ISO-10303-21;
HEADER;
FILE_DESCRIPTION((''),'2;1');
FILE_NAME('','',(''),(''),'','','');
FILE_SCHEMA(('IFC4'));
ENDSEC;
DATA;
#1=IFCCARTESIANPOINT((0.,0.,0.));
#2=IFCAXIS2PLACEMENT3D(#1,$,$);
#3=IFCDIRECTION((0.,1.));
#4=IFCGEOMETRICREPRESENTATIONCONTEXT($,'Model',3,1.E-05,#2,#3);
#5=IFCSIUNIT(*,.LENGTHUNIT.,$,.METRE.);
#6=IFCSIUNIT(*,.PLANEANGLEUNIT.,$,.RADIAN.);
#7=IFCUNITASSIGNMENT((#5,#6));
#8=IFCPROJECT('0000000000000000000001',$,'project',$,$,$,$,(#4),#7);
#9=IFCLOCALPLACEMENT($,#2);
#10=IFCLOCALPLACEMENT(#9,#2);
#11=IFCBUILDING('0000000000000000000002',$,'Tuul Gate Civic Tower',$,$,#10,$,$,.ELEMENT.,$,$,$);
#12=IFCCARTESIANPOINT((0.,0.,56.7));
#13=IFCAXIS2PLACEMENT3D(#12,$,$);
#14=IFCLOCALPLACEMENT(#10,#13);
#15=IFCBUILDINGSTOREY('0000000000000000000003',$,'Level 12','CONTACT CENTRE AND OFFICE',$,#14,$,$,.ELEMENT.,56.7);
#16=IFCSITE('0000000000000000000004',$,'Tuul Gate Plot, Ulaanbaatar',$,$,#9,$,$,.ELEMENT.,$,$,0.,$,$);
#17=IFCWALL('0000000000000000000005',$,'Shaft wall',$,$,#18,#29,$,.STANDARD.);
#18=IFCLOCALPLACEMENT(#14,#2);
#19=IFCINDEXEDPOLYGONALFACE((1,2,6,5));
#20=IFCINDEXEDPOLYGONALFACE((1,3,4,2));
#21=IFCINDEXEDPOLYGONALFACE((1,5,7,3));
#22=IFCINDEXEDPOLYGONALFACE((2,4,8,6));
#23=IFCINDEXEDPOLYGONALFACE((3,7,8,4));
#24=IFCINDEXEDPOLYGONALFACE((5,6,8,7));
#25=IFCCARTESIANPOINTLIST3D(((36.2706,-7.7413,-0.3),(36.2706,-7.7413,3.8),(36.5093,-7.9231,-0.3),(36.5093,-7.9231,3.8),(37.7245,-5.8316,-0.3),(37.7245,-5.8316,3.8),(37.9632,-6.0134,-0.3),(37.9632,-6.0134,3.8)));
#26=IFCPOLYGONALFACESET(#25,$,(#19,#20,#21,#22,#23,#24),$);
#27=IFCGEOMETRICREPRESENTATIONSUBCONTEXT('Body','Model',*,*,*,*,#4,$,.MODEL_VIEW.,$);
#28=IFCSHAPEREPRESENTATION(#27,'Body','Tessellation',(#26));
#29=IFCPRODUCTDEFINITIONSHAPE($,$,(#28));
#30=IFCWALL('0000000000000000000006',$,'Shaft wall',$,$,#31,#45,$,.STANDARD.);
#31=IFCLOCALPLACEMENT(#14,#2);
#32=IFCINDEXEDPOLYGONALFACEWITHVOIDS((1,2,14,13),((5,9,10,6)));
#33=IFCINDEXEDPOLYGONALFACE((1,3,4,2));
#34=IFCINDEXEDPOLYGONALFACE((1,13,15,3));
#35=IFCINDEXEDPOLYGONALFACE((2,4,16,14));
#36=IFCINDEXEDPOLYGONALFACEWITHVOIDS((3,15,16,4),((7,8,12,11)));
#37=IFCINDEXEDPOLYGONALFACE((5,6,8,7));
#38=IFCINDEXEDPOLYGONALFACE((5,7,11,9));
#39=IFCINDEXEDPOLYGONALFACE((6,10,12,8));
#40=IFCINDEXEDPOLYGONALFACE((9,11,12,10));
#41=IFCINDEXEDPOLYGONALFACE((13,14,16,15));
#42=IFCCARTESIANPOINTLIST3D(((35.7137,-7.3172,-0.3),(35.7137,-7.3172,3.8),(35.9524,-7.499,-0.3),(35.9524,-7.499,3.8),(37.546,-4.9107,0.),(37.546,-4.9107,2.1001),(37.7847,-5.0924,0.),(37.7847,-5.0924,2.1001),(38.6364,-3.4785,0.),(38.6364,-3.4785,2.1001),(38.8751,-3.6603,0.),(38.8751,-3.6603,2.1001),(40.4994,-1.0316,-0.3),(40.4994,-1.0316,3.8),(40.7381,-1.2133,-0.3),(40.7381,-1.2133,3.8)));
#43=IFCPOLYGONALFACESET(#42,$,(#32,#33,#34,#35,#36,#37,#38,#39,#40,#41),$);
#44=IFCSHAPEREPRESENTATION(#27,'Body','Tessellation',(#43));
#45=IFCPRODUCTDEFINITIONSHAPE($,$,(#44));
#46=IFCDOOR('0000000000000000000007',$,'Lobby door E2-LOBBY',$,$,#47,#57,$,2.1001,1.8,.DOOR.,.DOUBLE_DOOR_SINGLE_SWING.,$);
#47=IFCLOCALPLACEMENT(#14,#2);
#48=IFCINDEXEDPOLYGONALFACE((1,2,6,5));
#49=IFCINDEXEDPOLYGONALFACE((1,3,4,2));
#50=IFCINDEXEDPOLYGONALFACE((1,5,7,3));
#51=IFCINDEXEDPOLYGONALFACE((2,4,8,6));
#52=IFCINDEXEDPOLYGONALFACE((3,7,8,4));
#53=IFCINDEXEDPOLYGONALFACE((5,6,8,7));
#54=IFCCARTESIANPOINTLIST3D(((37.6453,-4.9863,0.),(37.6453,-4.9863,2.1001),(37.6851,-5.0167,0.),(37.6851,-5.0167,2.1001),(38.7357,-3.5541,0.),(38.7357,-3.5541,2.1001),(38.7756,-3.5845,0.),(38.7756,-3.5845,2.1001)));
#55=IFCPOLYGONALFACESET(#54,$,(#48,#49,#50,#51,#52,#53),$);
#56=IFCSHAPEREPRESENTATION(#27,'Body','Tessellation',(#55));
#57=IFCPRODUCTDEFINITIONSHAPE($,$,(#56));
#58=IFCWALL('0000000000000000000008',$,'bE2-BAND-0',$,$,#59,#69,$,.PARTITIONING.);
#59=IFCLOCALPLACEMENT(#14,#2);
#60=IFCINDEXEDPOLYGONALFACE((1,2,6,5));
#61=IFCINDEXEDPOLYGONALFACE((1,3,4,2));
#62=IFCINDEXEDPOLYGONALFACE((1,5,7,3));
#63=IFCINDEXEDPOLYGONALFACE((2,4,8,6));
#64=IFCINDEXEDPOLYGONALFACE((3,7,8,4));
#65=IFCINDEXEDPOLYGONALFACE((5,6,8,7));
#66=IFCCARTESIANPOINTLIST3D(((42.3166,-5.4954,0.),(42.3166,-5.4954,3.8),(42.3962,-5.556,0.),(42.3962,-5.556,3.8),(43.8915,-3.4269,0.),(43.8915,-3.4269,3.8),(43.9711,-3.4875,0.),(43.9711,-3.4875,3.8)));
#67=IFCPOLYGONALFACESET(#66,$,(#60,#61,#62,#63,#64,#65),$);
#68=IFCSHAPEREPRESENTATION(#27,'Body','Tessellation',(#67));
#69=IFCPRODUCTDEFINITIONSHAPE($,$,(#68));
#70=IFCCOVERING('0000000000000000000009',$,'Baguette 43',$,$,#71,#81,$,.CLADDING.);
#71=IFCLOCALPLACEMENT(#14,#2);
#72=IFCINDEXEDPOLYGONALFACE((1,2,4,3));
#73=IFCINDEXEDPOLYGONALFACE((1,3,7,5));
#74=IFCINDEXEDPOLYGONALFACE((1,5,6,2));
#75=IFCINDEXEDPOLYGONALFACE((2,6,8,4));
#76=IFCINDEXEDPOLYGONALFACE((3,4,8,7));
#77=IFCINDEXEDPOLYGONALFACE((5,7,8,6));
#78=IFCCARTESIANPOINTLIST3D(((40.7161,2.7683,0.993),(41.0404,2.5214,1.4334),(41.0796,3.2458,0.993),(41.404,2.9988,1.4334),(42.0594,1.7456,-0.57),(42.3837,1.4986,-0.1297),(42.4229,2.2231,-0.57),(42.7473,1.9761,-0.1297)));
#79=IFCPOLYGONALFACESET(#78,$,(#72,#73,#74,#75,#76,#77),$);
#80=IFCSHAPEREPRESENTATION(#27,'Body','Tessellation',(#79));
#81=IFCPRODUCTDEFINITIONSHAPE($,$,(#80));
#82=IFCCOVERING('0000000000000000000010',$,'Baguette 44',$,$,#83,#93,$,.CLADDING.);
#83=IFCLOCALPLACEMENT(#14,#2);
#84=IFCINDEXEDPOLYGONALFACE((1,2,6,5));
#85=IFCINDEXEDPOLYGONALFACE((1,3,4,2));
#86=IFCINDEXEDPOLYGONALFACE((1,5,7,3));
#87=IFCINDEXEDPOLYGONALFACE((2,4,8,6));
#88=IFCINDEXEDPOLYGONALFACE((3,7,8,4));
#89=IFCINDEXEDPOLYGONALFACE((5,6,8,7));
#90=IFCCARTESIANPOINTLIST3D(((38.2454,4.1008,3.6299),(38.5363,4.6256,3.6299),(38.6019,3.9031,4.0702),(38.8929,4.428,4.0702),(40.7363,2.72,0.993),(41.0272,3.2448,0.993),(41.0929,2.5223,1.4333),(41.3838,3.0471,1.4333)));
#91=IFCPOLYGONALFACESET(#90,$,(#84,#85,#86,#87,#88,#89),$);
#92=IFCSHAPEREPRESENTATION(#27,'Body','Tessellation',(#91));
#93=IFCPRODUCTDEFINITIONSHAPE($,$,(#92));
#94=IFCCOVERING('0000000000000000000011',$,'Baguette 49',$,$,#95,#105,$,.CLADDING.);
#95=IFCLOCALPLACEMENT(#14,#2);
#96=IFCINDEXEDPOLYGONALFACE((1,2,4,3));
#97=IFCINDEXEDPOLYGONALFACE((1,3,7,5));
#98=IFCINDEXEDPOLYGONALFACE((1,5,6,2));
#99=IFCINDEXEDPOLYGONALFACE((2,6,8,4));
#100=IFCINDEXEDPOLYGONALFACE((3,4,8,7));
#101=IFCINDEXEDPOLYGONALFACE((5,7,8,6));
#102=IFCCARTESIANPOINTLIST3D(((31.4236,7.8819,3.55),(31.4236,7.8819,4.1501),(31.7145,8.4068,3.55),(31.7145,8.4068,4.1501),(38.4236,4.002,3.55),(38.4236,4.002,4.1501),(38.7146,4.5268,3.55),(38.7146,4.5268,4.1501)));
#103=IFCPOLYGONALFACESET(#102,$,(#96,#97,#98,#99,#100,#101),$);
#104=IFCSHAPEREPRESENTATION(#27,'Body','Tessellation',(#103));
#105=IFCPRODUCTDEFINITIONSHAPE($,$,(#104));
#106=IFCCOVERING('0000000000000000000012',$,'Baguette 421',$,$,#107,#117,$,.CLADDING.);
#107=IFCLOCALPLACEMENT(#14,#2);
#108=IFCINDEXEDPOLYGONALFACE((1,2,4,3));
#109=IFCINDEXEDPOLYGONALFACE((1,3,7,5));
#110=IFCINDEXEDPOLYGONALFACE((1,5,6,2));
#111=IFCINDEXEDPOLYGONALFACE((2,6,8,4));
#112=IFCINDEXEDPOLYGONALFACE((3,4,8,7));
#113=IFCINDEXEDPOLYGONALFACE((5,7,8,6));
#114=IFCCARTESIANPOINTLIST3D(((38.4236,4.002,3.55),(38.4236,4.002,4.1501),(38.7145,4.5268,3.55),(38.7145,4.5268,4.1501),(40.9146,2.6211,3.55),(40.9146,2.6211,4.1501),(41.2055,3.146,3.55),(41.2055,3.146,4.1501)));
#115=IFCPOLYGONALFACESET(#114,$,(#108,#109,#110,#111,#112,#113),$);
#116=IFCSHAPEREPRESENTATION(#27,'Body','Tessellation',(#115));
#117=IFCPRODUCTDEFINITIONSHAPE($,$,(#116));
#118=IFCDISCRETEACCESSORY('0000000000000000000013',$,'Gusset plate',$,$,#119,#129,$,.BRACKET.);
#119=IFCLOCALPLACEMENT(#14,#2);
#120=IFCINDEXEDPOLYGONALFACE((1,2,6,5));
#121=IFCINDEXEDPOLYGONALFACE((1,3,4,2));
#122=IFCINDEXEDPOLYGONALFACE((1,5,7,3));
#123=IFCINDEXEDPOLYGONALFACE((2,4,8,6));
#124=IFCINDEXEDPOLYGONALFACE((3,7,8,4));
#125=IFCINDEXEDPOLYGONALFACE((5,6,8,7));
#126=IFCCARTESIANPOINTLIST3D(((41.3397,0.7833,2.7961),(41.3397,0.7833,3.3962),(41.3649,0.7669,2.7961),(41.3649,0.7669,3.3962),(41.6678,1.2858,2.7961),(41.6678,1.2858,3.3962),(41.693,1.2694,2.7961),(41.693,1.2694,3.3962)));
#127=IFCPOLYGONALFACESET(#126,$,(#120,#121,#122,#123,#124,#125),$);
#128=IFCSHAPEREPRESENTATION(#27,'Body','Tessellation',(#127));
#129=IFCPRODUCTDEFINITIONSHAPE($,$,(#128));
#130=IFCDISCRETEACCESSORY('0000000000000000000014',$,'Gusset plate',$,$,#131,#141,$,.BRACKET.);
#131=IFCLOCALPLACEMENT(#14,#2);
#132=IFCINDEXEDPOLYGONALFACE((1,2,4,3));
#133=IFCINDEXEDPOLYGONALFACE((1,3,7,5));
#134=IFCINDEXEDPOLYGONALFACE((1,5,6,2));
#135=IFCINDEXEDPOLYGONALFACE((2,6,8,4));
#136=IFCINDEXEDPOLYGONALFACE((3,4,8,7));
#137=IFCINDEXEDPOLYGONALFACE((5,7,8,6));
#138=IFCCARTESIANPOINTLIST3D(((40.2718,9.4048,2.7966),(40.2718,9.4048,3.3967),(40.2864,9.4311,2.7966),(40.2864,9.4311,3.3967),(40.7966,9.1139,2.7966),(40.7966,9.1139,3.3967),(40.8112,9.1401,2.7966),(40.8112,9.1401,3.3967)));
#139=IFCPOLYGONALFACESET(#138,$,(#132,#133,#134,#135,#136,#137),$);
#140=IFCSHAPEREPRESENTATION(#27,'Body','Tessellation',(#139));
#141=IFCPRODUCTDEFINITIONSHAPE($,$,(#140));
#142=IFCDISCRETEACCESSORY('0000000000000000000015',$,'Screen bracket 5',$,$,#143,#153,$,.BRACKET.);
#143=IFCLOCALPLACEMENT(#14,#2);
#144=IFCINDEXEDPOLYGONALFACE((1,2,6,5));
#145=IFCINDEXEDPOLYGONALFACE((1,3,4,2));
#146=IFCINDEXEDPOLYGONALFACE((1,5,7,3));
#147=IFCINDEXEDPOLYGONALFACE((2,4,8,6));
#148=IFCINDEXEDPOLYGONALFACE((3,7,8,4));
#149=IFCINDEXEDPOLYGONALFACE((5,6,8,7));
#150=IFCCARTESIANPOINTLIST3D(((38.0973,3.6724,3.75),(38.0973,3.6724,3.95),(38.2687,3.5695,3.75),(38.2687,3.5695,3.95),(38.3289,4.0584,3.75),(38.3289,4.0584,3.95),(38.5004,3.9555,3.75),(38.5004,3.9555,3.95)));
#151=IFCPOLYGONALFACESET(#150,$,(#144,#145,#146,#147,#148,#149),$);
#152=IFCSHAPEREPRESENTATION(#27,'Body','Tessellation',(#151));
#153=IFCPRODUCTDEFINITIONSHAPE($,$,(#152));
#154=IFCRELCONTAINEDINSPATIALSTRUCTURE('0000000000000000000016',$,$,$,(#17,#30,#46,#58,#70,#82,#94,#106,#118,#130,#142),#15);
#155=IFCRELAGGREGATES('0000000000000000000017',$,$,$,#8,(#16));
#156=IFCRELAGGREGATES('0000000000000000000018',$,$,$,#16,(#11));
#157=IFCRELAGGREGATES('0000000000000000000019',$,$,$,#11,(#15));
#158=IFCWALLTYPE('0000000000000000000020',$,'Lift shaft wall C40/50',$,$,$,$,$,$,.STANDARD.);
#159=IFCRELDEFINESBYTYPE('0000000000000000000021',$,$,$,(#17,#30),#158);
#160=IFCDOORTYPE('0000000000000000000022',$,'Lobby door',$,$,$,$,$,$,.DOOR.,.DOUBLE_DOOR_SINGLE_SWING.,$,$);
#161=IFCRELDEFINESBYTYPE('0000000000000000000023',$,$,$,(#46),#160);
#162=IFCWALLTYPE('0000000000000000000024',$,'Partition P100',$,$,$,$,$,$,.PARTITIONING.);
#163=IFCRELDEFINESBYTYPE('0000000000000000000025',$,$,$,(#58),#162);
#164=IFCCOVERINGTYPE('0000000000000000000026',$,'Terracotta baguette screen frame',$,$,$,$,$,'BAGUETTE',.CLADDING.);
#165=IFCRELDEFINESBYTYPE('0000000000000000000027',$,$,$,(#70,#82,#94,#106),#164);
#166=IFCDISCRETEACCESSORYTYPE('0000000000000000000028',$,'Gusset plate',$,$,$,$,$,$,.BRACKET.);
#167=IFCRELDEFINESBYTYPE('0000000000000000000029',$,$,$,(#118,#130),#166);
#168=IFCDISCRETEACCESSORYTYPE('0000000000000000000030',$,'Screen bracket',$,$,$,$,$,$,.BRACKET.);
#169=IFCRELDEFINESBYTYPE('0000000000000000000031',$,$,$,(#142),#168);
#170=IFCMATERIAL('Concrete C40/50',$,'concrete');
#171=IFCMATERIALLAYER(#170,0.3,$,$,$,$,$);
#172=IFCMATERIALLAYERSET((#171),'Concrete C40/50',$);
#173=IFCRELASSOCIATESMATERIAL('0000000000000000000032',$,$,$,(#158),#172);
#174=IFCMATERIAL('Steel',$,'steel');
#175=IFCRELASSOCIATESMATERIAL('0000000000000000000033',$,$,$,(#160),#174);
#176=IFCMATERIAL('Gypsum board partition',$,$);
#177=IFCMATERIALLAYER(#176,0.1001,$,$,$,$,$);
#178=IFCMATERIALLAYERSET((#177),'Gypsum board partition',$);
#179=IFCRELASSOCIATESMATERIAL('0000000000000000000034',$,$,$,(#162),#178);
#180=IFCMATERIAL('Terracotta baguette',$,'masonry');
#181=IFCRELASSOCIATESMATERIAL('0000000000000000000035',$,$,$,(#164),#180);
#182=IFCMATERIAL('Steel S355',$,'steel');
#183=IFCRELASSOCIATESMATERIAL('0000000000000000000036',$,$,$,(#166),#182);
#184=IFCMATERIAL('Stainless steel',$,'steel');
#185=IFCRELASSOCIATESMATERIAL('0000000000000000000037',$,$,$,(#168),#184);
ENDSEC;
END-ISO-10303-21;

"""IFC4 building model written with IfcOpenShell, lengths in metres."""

from ifc_helpers import new_model, si_unit, direction, frame, frame_2d, origin, origin_2d, place, context, subcontext, project, spatial, rectangle, extrude, material, layer, layer_set, material_profile, profile_set, type_object, element, fill, save


model = new_model("IFC4")

# Units and contexts
model_context = context("Model", 3, precision=1e-05, world=origin(), true_north=direction((0.0, 1.0)))
body_context = subcontext(model_context, "Body", "Model", "MODEL_VIEW")
ifc_project = project(units=[si_unit("LENGTHUNIT", "METRE"), si_unit("PLANEANGLEUNIT", "RADIAN")], contexts=[model_context])

# Site, building, storey
site_placement = place(None, origin())
site = spatial("IfcSite", under=ifc_project, at=site_placement, Name="Tuul Gate Plot, Ulaanbaatar", CompositionType="ELEMENT", RefElevation=0.0)
building_placement = place(site_placement, origin())
building = spatial("IfcBuilding", under=site, at=building_placement, Name="Tuul Gate Civic Tower", CompositionType="ELEMENT")
storey_placement = place(building_placement, frame((0.0, 0.0, 56.7)))
storey = spatial("IfcBuildingStorey", under=building, at=storey_placement, Name="Level 12", Description="CONTACT CENTRE AND OFFICE", CompositionType="ELEMENT", Elevation=56.7)

# Shared definitions
ifc_material_1 = material(Name="Concrete C40/50", Category="concrete")
ifc_layer_1 = layer(ifc_material_1, 0.3)
ifc_layer_set_1 = layer_set([ifc_layer_1], Name="Concrete C40/50")
wall_type_1 = type_object("IfcWallType", Name="Lift shaft wall C40/50", PredefinedType="STANDARD", material=ifc_layer_set_1)

# Wall
wall_1_placement = place(storey_placement, frame((36.3899, -7.8323, -0.3), z_axis=(0.0, 0.0, 1.0), x_axis=(0.605746, 0.795658, 0.0)))
element("IfcWall", 1, at=wall_1_placement, inside=storey, type_object=wall_type_1, Name="Shaft wall", PredefinedType="STANDARD", context=body_context, shape_type="SweptSolid", body=[
    extrude(rectangle(XDim=2.4001, YDim=0.3, at=frame_2d((1.2002, 0.0))), origin(), (0.0, 0.0, 1.0), 4.1001),
])

# Wall, opening, door
wall_2_placement = place(storey_placement, frame((35.833, -7.4082, -0.3), z_axis=(0.0, 0.0, 1.0), x_axis=(0.605769, 0.79564, 0.0)))
wall_2 = element("IfcWall", 2, at=wall_2_placement, inside=storey, type_object=wall_type_1, Name="Shaft wall", PredefinedType="STANDARD", context=body_context, shape_type="SweptSolid", body=[
    extrude(rectangle(XDim=7.9001, YDim=0.3, at=frame_2d((3.9502, 0.0))), origin(), (0.0, 0.0, 1.0), 4.1001),
])
opening_1_placement = place(wall_2_placement, frame((3.0249, 0.0, 0.3)))
opening_1 = element("IfcOpeningElement", 3, at=opening_1_placement, cuts=wall_2, PredefinedType="OPENING", context=body_context, shape_type="SweptSolid", body=[
    extrude(rectangle(XDim=1.8, YDim=2.1001, at=frame_2d((0.8999, 1.05))), frame((0.0, 0.1602, 0.0), z_axis=(0.0, -1.0, 0.0), x_axis=(1.0, 0.0, 0.0)), (0.0, 0.0, 1.0), 0.3201),
])
ifc_material_2 = material(Name="Steel", Category="steel")
door_type_1 = type_object("IfcDoorType", Name="Lobby door", OperationType="DOUBLE_DOOR_SINGLE_SWING", PredefinedType="DOOR", material=ifc_material_2)
door_1_placement = place(opening_1_placement, frame((1.8, 0.0, 0.0), z_axis=(0.0, 0.0, 1.0), x_axis=(-1.0, 0.0, 0.0)))
door_1 = element("IfcDoor", 4, at=door_1_placement, inside=storey, type_object=door_type_1, Name="Lobby door E2-LOBBY", OperationType="DOUBLE_DOOR_SINGLE_SWING", OverallHeight=2.1001, OverallWidth=1.8, PredefinedType="DOOR", context=body_context, shape_type="SweptSolid", body=[
    extrude(rectangle(XDim=1.8, YDim=2.1001, at=frame_2d((0.9001, 1.05))), frame((0.0, 0.0249, 0.0), z_axis=(0.0, -1.0, 0.0), x_axis=(1.0, 0.0, 0.0)), (0.0, 0.0, 1.0), 0.05),
])
fill(opening_1, door_1)

# Wall
ifc_material_3 = material(Name="Gypsum board partition")
ifc_layer_2 = layer(ifc_material_3, 0.1001)
ifc_layer_set_2 = layer_set([ifc_layer_2], Name="Gypsum board partition")
wall_type_2 = type_object("IfcWallType", Name="Partition P100", PredefinedType="PARTITIONING", material=ifc_layer_set_2)
wall_3_placement = place(storey_placement, frame((42.3564, -5.5256, 0.0), z_axis=(0.0, 0.0, 1.0), x_axis=(0.605769, 0.795641, 0.0)))
element("IfcWall", 5, at=wall_3_placement, inside=storey, type_object=wall_type_2, Name="bE2-BAND-0", PredefinedType="PARTITIONING", context=body_context, shape_type="SweptSolid", body=[
    extrude(rectangle(XDim=2.5999, YDim=0.1001, at=frame_2d((1.2998, 0.0))), origin(), (0.0, 0.0, 1.0), 3.8),
])

# Coverings
ifc_material_4 = material(Name="Terracotta baguette", Category="masonry")
ifc_material_profile_1 = material_profile(ifc_material_4, rectangle(XDim=0.6001, YDim=0.6001, at=origin_2d()), Name="Terracotta baguette screen frame")
ifc_profile_set_1 = profile_set([ifc_material_profile_1], Name="Terracotta baguette")
covering_type = type_object("IfcCoveringType", Name="Terracotta baguette screen frame", ElementType="BAGUETTE", PredefinedType="CLADDING", material=ifc_profile_set_1)
covering_1_placement = place(storey_placement, frame((42.4033, 1.8608, -0.3499), z_axis=(-0.58385, 0.44452, 0.679354), x_axis=(-0.605769, -0.795641, 0.0)))
element("IfcCovering", 6, at=covering_1_placement, inside=storey, type_object=covering_type, Name="Baguette 43", PredefinedType="CLADDING", context=body_context, shape_type="SweptSolid", body=[
    extrude(rectangle(XDim=0.6001, YDim=0.6001, at=origin_2d()), origin(), (0.0, 0.0, 1.0), 2.3008),
])
covering_2_placement = place(storey_placement, frame((41.0601, 2.8835, 1.2131), z_axis=(-0.64177, 0.355763, 0.679385), x_axis=(-0.484835, -0.874606, 0.0)))
element("IfcCovering", 7, at=covering_2_placement, inside=storey, type_object=covering_type, Name="Baguette 44", PredefinedType="CLADDING", context=body_context, shape_type="SweptSolid", body=[
    extrude(rectangle(XDim=0.6001, YDim=0.6001, at=origin_2d()), origin(), (0.0, 0.0, 1.0), 3.8813),
])
covering_3_placement = place(storey_placement, frame((38.5691, 4.2644, 3.8501), z_axis=(-0.874635, 0.484783, 0.0), x_axis=(-0.484783, -0.874635, 0.0)))
element("IfcCovering", 8, at=covering_3_placement, inside=storey, type_object=covering_type, Name="Baguette 49", PredefinedType="CLADDING", context=body_context, shape_type="SweptSolid", body=[
    extrude(rectangle(XDim=0.6001, YDim=0.6001, at=origin_2d()), origin(), (0.0, 0.0, 1.0), 8.0034),
])
covering_4_placement = place(storey_placement, frame((41.0601, 2.8835, 3.8501), z_axis=(-0.874606, 0.484835, 0.0), x_axis=(-0.484835, -0.874606, 0.0)))
element("IfcCovering", 9, at=covering_4_placement, inside=storey, type_object=covering_type, Name="Baguette 421", PredefinedType="CLADDING", context=body_context, shape_type="SweptSolid", body=[
    extrude(rectangle(XDim=0.6001, YDim=0.6001, at=origin_2d()), origin(), (0.0, 0.0, 1.0), 2.8481),
])

# Discrete accessories
ifc_material_5 = material(Name="Steel S355", Category="steel")
discrete_accessory_type_1 = type_object("IfcDiscreteAccessoryType", Name="Gusset plate", PredefinedType="BRACKET", material=ifc_material_5)
for number, where, z_axis, x_axis, name in (
    (10, (41.5164, 1.0264, 2.7961), (0.0, 0.0, 1.0), (0.546743, 0.8373, 0.0), "Gusset plate"),
    (11, (40.5415, 9.2725, 2.7966), (0.0, 0.0, 1.0), (0.874607, -0.484832, 0.0), "Gusset plate"),
):
    element("IfcDiscreteAccessory", number, at=place(storey_placement, frame(where, z_axis=z_axis, x_axis=x_axis)), inside=storey, type_object=discrete_accessory_type_1, Name=name, PredefinedType="BRACKET", context=body_context, shape_type="SweptSolid", body=[
        extrude(rectangle(XDim=0.6001, YDim=0.03, at=origin_2d()), origin(), (0.0, 0.0, 1.0), 0.6001),
    ])
ifc_material_6 = material(Name="Stainless steel", Category="steel")
discrete_accessory_type_2 = type_object("IfcDiscreteAccessoryType", Name="Screen bracket", PredefinedType="BRACKET", material=ifc_material_6)
discrete_accessory_placement = place(storey_placement, frame((38.2988, 3.814, 3.75), z_axis=(0.0, 0.0, 1.0), x_axis=(0.514592, 0.857435, 0.0)))
element("IfcDiscreteAccessory", 12, at=discrete_accessory_placement, inside=storey, type_object=discrete_accessory_type_2, Name="Screen bracket 5", PredefinedType="BRACKET", context=body_context, shape_type="SweptSolid", body=[
    extrude(rectangle(XDim=0.4502, YDim=0.2, at=origin_2d()), origin(), (0.0, 0.0, 1.0), 0.2),
])

save(model, "model.ifc")
